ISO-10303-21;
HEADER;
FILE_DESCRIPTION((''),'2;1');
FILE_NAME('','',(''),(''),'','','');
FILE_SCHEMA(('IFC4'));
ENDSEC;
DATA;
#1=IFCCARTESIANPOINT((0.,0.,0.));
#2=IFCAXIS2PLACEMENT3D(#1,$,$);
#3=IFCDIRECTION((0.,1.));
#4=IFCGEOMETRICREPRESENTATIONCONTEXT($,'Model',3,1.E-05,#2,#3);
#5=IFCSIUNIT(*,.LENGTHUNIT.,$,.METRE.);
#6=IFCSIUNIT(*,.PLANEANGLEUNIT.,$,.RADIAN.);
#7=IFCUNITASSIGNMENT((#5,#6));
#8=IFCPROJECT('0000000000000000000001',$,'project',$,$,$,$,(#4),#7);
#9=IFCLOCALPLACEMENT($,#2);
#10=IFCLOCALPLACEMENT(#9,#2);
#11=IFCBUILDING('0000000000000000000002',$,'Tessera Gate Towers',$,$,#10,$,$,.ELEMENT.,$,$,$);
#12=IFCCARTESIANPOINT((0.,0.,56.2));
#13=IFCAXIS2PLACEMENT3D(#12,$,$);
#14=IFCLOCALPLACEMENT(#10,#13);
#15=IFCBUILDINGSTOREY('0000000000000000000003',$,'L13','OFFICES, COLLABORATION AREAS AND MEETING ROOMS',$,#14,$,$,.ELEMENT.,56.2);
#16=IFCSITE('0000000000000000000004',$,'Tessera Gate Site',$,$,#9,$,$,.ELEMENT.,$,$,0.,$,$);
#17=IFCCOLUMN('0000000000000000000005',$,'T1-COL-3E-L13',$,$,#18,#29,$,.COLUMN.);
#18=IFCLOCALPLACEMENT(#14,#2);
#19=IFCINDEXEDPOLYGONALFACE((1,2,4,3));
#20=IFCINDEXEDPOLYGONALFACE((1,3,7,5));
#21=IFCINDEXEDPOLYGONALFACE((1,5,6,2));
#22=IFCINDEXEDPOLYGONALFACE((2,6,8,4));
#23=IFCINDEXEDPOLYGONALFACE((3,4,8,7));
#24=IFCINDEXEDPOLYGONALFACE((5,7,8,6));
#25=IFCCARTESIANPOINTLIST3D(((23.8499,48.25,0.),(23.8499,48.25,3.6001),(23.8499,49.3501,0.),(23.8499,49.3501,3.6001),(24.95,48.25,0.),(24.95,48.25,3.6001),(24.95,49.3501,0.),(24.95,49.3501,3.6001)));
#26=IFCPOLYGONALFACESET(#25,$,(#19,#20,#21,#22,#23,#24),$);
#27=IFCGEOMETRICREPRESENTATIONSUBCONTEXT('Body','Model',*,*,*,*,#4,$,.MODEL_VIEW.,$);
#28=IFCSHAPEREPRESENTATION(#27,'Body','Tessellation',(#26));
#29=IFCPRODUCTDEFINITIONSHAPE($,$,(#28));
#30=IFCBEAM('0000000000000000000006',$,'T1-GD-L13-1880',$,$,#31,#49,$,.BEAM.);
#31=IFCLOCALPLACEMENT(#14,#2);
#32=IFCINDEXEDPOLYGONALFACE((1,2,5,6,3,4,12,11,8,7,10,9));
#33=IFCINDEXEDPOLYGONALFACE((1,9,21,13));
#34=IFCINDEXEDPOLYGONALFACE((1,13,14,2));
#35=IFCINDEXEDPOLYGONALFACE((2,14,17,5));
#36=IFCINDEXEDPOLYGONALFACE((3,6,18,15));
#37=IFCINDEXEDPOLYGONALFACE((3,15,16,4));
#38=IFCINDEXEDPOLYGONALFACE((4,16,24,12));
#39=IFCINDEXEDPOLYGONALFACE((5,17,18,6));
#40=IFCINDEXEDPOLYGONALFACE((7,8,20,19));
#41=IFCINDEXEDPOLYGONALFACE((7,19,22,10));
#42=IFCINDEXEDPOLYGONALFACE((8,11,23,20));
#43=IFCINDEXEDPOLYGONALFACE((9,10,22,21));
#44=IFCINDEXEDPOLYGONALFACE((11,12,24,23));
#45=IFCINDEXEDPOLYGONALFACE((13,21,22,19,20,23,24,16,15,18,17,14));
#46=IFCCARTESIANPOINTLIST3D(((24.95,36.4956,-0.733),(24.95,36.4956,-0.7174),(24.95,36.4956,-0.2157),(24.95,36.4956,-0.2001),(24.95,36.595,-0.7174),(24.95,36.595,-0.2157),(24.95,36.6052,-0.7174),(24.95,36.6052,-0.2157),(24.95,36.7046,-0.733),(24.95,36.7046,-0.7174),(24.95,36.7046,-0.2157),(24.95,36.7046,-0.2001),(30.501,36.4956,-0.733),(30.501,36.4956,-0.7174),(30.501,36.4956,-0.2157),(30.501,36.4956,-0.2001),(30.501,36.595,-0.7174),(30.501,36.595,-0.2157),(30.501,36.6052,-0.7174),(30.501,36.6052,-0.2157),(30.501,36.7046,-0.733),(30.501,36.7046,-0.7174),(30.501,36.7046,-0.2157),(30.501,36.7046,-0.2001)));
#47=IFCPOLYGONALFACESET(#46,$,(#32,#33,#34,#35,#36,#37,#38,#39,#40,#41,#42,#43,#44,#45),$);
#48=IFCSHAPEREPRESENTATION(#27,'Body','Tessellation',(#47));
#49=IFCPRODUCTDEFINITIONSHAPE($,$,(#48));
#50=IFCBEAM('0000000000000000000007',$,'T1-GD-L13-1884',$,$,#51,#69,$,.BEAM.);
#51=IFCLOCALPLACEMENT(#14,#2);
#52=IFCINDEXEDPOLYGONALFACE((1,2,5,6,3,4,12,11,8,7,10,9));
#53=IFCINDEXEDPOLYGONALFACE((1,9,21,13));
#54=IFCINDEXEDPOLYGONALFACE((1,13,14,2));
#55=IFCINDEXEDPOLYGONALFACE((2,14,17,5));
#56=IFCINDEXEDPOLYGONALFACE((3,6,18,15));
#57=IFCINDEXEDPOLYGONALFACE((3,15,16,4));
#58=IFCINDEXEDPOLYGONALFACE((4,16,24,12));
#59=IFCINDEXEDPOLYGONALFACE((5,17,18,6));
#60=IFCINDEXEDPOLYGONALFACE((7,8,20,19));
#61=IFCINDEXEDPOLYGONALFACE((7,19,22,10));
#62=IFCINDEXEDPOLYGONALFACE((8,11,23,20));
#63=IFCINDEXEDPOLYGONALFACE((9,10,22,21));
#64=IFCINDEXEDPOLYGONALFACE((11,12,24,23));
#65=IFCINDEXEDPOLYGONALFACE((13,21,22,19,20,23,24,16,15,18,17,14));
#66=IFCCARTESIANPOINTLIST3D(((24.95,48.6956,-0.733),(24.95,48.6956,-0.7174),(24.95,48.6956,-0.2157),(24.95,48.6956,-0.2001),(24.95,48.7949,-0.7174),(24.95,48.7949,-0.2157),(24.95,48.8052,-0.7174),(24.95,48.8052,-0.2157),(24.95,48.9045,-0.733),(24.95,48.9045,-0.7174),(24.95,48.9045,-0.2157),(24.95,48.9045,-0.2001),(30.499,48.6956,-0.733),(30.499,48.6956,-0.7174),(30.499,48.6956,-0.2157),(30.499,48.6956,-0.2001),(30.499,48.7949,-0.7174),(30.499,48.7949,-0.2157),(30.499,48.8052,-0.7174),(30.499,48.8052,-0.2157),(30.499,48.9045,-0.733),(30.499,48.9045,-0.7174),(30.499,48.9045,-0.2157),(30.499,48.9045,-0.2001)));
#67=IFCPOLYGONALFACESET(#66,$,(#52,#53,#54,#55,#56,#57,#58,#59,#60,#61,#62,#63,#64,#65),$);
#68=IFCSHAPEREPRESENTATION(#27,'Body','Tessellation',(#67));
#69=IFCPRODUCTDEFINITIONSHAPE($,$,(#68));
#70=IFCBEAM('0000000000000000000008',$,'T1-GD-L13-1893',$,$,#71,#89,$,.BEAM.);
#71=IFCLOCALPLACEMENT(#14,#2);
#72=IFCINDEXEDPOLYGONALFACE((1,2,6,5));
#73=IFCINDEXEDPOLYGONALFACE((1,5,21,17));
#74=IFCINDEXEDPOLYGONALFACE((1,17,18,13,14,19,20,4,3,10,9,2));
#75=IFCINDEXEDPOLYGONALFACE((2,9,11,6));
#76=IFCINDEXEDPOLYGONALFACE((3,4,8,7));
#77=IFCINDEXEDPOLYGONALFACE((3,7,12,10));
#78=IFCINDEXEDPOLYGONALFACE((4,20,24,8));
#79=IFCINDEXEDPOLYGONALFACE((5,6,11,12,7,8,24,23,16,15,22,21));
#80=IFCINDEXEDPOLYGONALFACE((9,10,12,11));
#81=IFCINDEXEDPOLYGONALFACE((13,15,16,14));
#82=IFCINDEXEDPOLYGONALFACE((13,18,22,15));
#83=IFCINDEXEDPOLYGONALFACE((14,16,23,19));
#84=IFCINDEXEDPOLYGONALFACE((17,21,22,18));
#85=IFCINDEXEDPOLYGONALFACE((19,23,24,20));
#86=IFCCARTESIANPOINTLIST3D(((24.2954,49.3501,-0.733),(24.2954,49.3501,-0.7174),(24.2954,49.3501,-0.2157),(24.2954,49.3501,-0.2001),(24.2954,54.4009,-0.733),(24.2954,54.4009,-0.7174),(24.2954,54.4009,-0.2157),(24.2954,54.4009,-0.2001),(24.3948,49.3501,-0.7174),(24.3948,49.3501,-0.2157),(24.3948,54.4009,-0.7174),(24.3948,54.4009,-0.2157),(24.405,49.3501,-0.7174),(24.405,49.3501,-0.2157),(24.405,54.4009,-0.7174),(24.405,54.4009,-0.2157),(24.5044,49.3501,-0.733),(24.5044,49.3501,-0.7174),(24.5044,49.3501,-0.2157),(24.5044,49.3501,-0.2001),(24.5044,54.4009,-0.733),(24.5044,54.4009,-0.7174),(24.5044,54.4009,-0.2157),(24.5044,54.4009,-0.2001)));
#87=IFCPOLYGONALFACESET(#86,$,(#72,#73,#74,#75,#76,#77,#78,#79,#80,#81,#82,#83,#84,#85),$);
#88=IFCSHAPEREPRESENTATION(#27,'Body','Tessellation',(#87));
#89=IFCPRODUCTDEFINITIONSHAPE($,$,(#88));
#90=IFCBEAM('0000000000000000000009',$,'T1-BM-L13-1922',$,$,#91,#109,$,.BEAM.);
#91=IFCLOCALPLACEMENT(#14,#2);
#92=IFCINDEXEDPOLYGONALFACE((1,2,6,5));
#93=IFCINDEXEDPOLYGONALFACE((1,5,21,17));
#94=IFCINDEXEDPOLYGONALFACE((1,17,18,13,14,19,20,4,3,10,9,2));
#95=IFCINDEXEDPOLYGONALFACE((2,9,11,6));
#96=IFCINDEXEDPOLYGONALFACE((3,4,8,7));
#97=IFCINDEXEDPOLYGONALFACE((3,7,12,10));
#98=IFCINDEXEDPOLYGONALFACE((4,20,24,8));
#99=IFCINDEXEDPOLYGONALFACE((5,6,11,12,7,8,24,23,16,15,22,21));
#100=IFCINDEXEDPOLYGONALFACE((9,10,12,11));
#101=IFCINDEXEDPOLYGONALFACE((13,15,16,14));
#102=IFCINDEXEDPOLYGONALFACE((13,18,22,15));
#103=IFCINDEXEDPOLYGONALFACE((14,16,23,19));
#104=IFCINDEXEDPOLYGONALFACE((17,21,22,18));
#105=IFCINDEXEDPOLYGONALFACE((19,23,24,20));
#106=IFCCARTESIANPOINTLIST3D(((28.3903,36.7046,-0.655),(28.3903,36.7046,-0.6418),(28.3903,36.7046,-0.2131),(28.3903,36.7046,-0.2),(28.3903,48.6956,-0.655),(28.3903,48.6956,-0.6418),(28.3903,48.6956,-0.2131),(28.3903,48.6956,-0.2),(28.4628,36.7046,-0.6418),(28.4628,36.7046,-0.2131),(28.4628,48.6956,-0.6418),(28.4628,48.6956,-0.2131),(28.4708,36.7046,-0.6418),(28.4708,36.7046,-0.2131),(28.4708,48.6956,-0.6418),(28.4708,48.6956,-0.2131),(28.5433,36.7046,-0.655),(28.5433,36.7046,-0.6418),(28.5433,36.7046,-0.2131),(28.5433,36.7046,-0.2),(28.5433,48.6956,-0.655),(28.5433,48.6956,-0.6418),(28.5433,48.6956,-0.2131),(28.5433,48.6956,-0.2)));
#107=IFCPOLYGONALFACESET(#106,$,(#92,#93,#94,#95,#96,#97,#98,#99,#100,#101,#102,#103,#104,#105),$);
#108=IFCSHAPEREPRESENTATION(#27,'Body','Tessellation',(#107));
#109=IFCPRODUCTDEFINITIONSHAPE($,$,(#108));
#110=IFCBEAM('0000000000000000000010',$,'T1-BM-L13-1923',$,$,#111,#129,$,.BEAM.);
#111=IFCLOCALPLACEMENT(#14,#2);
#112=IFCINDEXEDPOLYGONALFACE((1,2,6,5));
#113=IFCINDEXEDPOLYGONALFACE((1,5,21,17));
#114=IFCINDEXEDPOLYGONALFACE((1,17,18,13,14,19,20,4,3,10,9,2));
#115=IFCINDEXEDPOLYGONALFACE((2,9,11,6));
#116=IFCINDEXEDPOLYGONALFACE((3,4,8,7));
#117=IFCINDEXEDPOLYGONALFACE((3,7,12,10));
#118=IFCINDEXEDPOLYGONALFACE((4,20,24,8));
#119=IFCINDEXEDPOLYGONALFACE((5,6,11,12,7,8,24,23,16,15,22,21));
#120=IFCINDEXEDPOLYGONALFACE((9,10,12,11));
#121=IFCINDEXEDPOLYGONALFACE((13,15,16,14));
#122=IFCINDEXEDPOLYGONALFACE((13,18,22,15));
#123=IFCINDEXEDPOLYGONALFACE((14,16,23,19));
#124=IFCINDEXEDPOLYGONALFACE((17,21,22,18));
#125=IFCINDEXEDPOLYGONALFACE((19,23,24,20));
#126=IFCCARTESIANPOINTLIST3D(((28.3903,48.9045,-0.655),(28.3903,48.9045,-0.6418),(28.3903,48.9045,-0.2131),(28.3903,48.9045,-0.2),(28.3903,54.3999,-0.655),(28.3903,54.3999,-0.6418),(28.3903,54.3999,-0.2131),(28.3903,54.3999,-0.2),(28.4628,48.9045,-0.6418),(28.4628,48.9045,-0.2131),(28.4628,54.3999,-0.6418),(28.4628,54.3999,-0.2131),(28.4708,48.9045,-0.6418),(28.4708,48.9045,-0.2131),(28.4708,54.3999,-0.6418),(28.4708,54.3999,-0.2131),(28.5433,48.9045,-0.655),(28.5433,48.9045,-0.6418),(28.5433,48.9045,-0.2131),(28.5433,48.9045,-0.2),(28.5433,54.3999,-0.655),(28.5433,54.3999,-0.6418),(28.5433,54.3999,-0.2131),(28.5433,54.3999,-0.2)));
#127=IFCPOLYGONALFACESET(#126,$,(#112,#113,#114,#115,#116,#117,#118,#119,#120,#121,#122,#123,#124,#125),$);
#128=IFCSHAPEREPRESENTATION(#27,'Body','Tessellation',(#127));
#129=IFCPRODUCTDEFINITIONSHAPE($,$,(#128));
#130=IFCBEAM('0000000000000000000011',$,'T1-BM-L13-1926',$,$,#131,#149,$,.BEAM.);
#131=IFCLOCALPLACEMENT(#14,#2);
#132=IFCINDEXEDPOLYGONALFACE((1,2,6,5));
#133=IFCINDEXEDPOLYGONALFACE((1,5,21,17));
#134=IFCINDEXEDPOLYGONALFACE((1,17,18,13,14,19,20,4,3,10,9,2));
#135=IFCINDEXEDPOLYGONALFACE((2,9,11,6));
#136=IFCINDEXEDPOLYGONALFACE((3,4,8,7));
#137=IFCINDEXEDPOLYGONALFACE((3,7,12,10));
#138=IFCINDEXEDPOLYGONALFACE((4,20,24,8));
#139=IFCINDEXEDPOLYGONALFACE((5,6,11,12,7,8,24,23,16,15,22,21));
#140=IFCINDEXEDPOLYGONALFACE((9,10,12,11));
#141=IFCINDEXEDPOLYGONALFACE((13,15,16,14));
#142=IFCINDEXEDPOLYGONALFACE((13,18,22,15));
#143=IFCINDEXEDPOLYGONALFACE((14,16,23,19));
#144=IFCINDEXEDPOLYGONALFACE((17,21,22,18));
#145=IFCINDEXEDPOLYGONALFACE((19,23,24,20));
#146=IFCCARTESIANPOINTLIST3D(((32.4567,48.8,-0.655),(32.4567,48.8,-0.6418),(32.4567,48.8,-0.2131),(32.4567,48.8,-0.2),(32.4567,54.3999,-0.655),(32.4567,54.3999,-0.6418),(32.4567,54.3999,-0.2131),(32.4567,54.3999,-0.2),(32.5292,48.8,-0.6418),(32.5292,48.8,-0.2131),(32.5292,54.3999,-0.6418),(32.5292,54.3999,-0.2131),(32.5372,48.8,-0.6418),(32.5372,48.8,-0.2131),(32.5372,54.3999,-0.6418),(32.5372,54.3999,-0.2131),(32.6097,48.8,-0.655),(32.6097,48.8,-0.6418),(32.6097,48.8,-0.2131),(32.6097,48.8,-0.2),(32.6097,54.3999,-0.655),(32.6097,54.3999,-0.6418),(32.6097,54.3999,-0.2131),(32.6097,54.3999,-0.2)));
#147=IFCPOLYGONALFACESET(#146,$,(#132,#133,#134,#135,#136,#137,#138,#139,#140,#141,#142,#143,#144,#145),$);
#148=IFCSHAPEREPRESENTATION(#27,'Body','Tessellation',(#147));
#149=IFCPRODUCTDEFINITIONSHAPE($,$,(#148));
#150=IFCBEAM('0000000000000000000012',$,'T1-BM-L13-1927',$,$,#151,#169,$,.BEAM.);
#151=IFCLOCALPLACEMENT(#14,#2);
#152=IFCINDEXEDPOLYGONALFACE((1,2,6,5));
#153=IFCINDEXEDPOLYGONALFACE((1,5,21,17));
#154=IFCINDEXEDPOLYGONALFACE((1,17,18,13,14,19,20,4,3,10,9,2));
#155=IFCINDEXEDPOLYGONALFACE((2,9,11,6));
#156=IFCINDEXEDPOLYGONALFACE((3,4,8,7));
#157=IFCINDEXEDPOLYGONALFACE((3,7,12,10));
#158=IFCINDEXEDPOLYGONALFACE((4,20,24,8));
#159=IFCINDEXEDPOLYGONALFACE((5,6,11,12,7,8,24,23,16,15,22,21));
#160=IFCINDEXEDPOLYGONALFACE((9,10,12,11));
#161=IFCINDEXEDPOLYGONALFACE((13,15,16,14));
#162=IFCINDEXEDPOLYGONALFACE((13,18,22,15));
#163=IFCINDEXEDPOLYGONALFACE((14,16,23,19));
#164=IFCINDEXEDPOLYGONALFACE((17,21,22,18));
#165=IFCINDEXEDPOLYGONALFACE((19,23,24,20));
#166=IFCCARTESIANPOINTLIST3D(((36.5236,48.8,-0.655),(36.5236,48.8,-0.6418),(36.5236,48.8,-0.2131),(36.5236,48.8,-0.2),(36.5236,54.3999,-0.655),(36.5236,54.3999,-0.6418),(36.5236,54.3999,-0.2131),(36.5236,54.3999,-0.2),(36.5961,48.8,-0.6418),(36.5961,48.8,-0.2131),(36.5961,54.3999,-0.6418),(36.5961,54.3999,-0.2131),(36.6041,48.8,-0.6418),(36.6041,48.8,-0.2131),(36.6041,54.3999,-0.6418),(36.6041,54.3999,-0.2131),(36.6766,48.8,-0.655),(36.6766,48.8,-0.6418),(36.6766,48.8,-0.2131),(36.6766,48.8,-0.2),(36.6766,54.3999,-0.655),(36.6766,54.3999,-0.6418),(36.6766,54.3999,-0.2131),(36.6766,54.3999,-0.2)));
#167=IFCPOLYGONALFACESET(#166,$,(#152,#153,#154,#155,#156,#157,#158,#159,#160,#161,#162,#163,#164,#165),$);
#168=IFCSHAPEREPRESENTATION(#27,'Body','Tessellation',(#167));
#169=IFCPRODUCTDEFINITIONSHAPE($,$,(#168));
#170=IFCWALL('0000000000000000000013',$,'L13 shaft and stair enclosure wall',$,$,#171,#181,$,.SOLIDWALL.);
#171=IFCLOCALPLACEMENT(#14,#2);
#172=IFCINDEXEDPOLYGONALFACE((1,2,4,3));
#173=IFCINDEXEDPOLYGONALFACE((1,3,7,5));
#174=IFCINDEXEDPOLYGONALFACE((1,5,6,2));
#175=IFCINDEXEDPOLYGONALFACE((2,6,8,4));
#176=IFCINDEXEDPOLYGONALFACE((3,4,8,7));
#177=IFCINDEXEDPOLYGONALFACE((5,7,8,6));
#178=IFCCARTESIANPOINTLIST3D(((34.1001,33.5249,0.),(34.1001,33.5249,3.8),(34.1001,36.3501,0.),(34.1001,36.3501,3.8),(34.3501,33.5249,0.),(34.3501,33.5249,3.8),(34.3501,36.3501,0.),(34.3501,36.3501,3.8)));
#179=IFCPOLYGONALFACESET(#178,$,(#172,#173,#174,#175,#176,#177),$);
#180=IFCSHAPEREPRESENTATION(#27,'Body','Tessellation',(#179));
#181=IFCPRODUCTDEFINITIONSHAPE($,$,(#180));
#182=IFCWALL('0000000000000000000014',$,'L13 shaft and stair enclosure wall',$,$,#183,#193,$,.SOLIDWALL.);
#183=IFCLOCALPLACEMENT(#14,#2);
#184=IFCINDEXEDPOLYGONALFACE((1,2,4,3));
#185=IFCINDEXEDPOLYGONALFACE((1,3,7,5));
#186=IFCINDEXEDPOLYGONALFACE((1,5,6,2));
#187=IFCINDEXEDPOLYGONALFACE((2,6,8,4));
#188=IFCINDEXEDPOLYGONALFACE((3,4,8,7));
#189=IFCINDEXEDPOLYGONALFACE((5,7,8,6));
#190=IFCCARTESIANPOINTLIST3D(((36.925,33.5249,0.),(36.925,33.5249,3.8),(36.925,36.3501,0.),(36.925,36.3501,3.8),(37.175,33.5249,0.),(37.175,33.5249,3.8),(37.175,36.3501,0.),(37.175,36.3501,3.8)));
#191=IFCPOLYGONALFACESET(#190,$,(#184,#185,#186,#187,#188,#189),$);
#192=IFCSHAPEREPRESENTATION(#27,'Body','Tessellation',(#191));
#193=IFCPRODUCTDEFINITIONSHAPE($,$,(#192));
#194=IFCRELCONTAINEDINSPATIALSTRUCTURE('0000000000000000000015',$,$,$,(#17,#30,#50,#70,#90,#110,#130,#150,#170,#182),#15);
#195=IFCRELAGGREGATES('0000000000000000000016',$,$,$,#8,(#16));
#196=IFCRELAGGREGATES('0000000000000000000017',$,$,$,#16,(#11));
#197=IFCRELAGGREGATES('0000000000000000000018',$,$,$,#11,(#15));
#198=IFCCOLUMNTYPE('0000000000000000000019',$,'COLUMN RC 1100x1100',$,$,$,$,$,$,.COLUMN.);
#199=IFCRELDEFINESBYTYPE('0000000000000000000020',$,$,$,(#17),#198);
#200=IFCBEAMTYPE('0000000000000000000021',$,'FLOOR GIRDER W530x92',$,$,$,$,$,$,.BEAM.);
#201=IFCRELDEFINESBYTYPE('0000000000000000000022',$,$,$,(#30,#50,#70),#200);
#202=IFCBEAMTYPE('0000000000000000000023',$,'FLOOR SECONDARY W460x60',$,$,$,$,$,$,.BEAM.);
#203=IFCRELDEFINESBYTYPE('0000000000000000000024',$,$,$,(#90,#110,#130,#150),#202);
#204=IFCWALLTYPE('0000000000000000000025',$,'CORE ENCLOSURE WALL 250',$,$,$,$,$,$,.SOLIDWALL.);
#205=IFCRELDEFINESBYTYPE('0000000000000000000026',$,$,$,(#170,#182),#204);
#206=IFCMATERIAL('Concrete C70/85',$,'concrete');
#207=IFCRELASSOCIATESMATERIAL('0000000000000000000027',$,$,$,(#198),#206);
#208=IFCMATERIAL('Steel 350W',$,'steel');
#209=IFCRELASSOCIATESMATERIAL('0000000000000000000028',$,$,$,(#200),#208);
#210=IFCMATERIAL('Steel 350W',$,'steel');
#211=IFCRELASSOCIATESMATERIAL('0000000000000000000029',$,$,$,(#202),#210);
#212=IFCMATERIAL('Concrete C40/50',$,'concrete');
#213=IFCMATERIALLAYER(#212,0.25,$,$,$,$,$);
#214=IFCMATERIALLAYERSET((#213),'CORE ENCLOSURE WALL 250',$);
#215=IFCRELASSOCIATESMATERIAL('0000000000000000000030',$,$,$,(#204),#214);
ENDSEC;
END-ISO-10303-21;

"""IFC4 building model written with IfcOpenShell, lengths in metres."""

from ifc_helpers import new_model, si_unit, direction, frame, frame_2d, origin, origin_2d, place, context, subcontext, project, spatial, rectangle, i_section, extrude, material, layer, layer_set, material_profile, profile_set, type_object, element, save


model = new_model("IFC4")

# Units and contexts
model_context = context("Model", 3, precision=1e-05, world=origin(), true_north=direction((0.0, 1.0)))
body_context = subcontext(model_context, "Body", "Model", "MODEL_VIEW")
ifc_project = project(units=[si_unit("LENGTHUNIT", "METRE"), si_unit("PLANEANGLEUNIT", "RADIAN")], contexts=[model_context])

# Site, building, storey
site_placement = place(None, origin())
site = spatial("IfcSite", under=ifc_project, at=site_placement, Name="Tessera Gate Site", CompositionType="ELEMENT", RefElevation=0.0)
building_placement = place(site_placement, origin())
building = spatial("IfcBuilding", under=site, at=building_placement, Name="Tessera Gate Towers", CompositionType="ELEMENT")
storey_placement = place(building_placement, frame((0.0, 0.0, 56.2)))
storey = spatial("IfcBuildingStorey", under=building, at=storey_placement, Name="L13", Description="OFFICES, COLLABORATION AREAS AND MEETING ROOMS", CompositionType="ELEMENT", Elevation=56.2)

# Column
ifc_material_1 = material(Name="Concrete C70/85", Category="concrete")
ifc_material_profile_1 = material_profile(ifc_material_1, rectangle(XDim=1.1001, YDim=1.1001, at=origin_2d()), Name="RC 1100x1100")
ifc_profile_set_1 = profile_set([ifc_material_profile_1], Name="Concrete C70/85")
column_type = type_object("IfcColumnType", Name="COLUMN RC 1100x1100", PredefinedType="COLUMN", material=ifc_profile_set_1)
column_placement = place(storey_placement, frame((24.3999, 48.8, 0.0), z_axis=(0.0, 0.0, 1.0), x_axis=(1.0, 0.0, 0.0)))
element("IfcColumn", 1, at=column_placement, inside=storey, type_object=column_type, Name="T1-COL-3E-L13", PredefinedType="COLUMN", context=body_context, shape_type="SweptSolid", body=[
    extrude(rectangle(XDim=1.1001, YDim=1.1001, at=origin_2d()), origin(), (0.0, 0.0, 1.0), 3.6001),
])

# Beams
ifc_material_2 = material(Name="Steel 350W", Category="steel")
ifc_material_profile_2 = material_profile(ifc_material_2, i_section(OverallWidth=0.209, OverallDepth=0.533, WebThickness=0.0103, FlangeThickness=0.0156, at=origin_2d()), Name="W530x92")
ifc_profile_set_2 = profile_set([ifc_material_profile_2], Name="Steel 350W")
beam_type_1 = type_object("IfcBeamType", Name="FLOOR GIRDER W530x92", PredefinedType="BEAM", material=ifc_profile_set_2)
beam_1_placement = place(storey_placement, frame((24.95, 36.6001, -0.4666), z_axis=(1.0, 0.0, 0.0), x_axis=(0.0, 1.0, 0.0)))
element("IfcBeam", 2, at=beam_1_placement, inside=storey, type_object=beam_type_1, Name="T1-GD-L13-1880", PredefinedType="BEAM", context=body_context, shape_type="SweptSolid", body=[
    extrude(i_section(OverallWidth=0.209, OverallDepth=0.533, WebThickness=0.0103, FlangeThickness=0.0156, at=origin_2d()), origin(), (0.0, 0.0, 1.0), 5.551),
])
beam_2_placement = place(storey_placement, frame((24.95, 48.8, -0.4666), z_axis=(1.0, 0.0, 0.0), x_axis=(0.0, 1.0, 0.0)))
element("IfcBeam", 3, at=beam_2_placement, inside=storey, type_object=beam_type_1, Name="T1-GD-L13-1884", PredefinedType="BEAM", context=body_context, shape_type="SweptSolid", body=[
    extrude(i_section(OverallWidth=0.209, OverallDepth=0.533, WebThickness=0.0103, FlangeThickness=0.0156, at=origin_2d()), origin(), (0.0, 0.0, 1.0), 5.5491),
])
beam_3_placement = place(storey_placement, frame((24.3999, 49.3501, -0.4666), z_axis=(0.0, 1.0, 0.0), x_axis=(-1.0, 0.0, 0.0)))
element("IfcBeam", 4, at=beam_3_placement, inside=storey, type_object=beam_type_1, Name="T1-GD-L13-1893", PredefinedType="BEAM", context=body_context, shape_type="SweptSolid", body=[
    extrude(i_section(OverallWidth=0.209, OverallDepth=0.533, WebThickness=0.0103, FlangeThickness=0.0156, at=origin_2d()), origin(), (0.0, 0.0, 1.0), 5.0508),
])
ifc_material_3 = material(Name="Steel 350W", Category="steel")
ifc_material_profile_3 = material_profile(ifc_material_3, i_section(OverallWidth=0.1531, OverallDepth=0.4551, WebThickness=0.0081, FlangeThickness=0.0132, at=origin_2d()), Name="W460x60")
ifc_profile_set_3 = profile_set([ifc_material_profile_3], Name="Steel 350W")
beam_type_2 = type_object("IfcBeamType", Name="FLOOR SECONDARY W460x60", PredefinedType="BEAM", material=ifc_profile_set_3)
beam_4_placement = place(storey_placement, frame((28.4668, 36.7046, -0.4275), z_axis=(0.0, 1.0, 0.0), x_axis=(-1.0, 0.0, 0.0)))
element("IfcBeam", 5, at=beam_4_placement, inside=storey, type_object=beam_type_2, Name="T1-BM-L13-1922", PredefinedType="BEAM", context=body_context, shape_type="SweptSolid", body=[
    extrude(i_section(OverallWidth=0.1531, OverallDepth=0.4551, WebThickness=0.0081, FlangeThickness=0.0132, at=origin_2d()), origin(), (0.0, 0.0, 1.0), 11.991),
])
beam_5_placement = place(storey_placement, frame((28.4668, 48.9045, -0.4275), z_axis=(0.0, 1.0, 0.0), x_axis=(-1.0, 0.0, 0.0)))
element("IfcBeam", 6, at=beam_5_placement, inside=storey, type_object=beam_type_2, Name="T1-BM-L13-1923", PredefinedType="BEAM", context=body_context, shape_type="SweptSolid", body=[
    extrude(i_section(OverallWidth=0.1531, OverallDepth=0.4551, WebThickness=0.0081, FlangeThickness=0.0132, at=origin_2d()), origin(), (0.0, 0.0, 1.0), 5.4954),
])
for number, where, z_axis, x_axis, name in (
    (7, (32.5332, 48.8, -0.4275), (0.0, 1.0, 0.0), (-1.0, 0.0, 0.0), "T1-BM-L13-1926"),
    (8, (36.6001, 48.8, -0.4275), (0.0, 1.0, 0.0), (-1.0, 0.0, 0.0), "T1-BM-L13-1927"),
):
    element("IfcBeam", number, at=place(storey_placement, frame(where, z_axis=z_axis, x_axis=x_axis)), inside=storey, type_object=beam_type_2, Name=name, PredefinedType="BEAM", context=body_context, shape_type="SweptSolid", body=[
        extrude(i_section(OverallWidth=0.1531, OverallDepth=0.4551, WebThickness=0.0081, FlangeThickness=0.0132, at=origin_2d()), origin(), (0.0, 0.0, 1.0), 5.5999),
    ])

# Walls
ifc_material_4 = material(Name="Concrete C40/50", Category="concrete")
ifc_layer_1 = layer(ifc_material_4, 0.25)
ifc_layer_set_1 = layer_set([ifc_layer_1], Name="CORE ENCLOSURE WALL 250")
wall_type_1 = type_object("IfcWallType", Name="CORE ENCLOSURE WALL 250", PredefinedType="SOLIDWALL", material=ifc_layer_set_1)
for number, where, z_axis, x_axis, name in (
    (9, (34.2251, 33.5249, 0.0), (0.0, 0.0, 1.0), (0.0, 1.0, 0.0), "L13 shaft and stair enclosure wall"),
    (10, (37.05, 33.5249, 0.0), (0.0, 0.0, 1.0), (0.0, 1.0, 0.0), "L13 shaft and stair enclosure wall"),
):
    element("IfcWall", number, at=place(storey_placement, frame(where, z_axis=z_axis, x_axis=x_axis)), inside=storey, type_object=wall_type_1, Name=name, PredefinedType="SOLIDWALL", context=body_context, shape_type="SweptSolid", body=[
        extrude(rectangle(XDim=2.8252, YDim=0.25, at=frame_2d((1.4126, 0.0))), origin(), (0.0, 0.0, 1.0), 3.8),
    ])

save(model, "model.ifc")
